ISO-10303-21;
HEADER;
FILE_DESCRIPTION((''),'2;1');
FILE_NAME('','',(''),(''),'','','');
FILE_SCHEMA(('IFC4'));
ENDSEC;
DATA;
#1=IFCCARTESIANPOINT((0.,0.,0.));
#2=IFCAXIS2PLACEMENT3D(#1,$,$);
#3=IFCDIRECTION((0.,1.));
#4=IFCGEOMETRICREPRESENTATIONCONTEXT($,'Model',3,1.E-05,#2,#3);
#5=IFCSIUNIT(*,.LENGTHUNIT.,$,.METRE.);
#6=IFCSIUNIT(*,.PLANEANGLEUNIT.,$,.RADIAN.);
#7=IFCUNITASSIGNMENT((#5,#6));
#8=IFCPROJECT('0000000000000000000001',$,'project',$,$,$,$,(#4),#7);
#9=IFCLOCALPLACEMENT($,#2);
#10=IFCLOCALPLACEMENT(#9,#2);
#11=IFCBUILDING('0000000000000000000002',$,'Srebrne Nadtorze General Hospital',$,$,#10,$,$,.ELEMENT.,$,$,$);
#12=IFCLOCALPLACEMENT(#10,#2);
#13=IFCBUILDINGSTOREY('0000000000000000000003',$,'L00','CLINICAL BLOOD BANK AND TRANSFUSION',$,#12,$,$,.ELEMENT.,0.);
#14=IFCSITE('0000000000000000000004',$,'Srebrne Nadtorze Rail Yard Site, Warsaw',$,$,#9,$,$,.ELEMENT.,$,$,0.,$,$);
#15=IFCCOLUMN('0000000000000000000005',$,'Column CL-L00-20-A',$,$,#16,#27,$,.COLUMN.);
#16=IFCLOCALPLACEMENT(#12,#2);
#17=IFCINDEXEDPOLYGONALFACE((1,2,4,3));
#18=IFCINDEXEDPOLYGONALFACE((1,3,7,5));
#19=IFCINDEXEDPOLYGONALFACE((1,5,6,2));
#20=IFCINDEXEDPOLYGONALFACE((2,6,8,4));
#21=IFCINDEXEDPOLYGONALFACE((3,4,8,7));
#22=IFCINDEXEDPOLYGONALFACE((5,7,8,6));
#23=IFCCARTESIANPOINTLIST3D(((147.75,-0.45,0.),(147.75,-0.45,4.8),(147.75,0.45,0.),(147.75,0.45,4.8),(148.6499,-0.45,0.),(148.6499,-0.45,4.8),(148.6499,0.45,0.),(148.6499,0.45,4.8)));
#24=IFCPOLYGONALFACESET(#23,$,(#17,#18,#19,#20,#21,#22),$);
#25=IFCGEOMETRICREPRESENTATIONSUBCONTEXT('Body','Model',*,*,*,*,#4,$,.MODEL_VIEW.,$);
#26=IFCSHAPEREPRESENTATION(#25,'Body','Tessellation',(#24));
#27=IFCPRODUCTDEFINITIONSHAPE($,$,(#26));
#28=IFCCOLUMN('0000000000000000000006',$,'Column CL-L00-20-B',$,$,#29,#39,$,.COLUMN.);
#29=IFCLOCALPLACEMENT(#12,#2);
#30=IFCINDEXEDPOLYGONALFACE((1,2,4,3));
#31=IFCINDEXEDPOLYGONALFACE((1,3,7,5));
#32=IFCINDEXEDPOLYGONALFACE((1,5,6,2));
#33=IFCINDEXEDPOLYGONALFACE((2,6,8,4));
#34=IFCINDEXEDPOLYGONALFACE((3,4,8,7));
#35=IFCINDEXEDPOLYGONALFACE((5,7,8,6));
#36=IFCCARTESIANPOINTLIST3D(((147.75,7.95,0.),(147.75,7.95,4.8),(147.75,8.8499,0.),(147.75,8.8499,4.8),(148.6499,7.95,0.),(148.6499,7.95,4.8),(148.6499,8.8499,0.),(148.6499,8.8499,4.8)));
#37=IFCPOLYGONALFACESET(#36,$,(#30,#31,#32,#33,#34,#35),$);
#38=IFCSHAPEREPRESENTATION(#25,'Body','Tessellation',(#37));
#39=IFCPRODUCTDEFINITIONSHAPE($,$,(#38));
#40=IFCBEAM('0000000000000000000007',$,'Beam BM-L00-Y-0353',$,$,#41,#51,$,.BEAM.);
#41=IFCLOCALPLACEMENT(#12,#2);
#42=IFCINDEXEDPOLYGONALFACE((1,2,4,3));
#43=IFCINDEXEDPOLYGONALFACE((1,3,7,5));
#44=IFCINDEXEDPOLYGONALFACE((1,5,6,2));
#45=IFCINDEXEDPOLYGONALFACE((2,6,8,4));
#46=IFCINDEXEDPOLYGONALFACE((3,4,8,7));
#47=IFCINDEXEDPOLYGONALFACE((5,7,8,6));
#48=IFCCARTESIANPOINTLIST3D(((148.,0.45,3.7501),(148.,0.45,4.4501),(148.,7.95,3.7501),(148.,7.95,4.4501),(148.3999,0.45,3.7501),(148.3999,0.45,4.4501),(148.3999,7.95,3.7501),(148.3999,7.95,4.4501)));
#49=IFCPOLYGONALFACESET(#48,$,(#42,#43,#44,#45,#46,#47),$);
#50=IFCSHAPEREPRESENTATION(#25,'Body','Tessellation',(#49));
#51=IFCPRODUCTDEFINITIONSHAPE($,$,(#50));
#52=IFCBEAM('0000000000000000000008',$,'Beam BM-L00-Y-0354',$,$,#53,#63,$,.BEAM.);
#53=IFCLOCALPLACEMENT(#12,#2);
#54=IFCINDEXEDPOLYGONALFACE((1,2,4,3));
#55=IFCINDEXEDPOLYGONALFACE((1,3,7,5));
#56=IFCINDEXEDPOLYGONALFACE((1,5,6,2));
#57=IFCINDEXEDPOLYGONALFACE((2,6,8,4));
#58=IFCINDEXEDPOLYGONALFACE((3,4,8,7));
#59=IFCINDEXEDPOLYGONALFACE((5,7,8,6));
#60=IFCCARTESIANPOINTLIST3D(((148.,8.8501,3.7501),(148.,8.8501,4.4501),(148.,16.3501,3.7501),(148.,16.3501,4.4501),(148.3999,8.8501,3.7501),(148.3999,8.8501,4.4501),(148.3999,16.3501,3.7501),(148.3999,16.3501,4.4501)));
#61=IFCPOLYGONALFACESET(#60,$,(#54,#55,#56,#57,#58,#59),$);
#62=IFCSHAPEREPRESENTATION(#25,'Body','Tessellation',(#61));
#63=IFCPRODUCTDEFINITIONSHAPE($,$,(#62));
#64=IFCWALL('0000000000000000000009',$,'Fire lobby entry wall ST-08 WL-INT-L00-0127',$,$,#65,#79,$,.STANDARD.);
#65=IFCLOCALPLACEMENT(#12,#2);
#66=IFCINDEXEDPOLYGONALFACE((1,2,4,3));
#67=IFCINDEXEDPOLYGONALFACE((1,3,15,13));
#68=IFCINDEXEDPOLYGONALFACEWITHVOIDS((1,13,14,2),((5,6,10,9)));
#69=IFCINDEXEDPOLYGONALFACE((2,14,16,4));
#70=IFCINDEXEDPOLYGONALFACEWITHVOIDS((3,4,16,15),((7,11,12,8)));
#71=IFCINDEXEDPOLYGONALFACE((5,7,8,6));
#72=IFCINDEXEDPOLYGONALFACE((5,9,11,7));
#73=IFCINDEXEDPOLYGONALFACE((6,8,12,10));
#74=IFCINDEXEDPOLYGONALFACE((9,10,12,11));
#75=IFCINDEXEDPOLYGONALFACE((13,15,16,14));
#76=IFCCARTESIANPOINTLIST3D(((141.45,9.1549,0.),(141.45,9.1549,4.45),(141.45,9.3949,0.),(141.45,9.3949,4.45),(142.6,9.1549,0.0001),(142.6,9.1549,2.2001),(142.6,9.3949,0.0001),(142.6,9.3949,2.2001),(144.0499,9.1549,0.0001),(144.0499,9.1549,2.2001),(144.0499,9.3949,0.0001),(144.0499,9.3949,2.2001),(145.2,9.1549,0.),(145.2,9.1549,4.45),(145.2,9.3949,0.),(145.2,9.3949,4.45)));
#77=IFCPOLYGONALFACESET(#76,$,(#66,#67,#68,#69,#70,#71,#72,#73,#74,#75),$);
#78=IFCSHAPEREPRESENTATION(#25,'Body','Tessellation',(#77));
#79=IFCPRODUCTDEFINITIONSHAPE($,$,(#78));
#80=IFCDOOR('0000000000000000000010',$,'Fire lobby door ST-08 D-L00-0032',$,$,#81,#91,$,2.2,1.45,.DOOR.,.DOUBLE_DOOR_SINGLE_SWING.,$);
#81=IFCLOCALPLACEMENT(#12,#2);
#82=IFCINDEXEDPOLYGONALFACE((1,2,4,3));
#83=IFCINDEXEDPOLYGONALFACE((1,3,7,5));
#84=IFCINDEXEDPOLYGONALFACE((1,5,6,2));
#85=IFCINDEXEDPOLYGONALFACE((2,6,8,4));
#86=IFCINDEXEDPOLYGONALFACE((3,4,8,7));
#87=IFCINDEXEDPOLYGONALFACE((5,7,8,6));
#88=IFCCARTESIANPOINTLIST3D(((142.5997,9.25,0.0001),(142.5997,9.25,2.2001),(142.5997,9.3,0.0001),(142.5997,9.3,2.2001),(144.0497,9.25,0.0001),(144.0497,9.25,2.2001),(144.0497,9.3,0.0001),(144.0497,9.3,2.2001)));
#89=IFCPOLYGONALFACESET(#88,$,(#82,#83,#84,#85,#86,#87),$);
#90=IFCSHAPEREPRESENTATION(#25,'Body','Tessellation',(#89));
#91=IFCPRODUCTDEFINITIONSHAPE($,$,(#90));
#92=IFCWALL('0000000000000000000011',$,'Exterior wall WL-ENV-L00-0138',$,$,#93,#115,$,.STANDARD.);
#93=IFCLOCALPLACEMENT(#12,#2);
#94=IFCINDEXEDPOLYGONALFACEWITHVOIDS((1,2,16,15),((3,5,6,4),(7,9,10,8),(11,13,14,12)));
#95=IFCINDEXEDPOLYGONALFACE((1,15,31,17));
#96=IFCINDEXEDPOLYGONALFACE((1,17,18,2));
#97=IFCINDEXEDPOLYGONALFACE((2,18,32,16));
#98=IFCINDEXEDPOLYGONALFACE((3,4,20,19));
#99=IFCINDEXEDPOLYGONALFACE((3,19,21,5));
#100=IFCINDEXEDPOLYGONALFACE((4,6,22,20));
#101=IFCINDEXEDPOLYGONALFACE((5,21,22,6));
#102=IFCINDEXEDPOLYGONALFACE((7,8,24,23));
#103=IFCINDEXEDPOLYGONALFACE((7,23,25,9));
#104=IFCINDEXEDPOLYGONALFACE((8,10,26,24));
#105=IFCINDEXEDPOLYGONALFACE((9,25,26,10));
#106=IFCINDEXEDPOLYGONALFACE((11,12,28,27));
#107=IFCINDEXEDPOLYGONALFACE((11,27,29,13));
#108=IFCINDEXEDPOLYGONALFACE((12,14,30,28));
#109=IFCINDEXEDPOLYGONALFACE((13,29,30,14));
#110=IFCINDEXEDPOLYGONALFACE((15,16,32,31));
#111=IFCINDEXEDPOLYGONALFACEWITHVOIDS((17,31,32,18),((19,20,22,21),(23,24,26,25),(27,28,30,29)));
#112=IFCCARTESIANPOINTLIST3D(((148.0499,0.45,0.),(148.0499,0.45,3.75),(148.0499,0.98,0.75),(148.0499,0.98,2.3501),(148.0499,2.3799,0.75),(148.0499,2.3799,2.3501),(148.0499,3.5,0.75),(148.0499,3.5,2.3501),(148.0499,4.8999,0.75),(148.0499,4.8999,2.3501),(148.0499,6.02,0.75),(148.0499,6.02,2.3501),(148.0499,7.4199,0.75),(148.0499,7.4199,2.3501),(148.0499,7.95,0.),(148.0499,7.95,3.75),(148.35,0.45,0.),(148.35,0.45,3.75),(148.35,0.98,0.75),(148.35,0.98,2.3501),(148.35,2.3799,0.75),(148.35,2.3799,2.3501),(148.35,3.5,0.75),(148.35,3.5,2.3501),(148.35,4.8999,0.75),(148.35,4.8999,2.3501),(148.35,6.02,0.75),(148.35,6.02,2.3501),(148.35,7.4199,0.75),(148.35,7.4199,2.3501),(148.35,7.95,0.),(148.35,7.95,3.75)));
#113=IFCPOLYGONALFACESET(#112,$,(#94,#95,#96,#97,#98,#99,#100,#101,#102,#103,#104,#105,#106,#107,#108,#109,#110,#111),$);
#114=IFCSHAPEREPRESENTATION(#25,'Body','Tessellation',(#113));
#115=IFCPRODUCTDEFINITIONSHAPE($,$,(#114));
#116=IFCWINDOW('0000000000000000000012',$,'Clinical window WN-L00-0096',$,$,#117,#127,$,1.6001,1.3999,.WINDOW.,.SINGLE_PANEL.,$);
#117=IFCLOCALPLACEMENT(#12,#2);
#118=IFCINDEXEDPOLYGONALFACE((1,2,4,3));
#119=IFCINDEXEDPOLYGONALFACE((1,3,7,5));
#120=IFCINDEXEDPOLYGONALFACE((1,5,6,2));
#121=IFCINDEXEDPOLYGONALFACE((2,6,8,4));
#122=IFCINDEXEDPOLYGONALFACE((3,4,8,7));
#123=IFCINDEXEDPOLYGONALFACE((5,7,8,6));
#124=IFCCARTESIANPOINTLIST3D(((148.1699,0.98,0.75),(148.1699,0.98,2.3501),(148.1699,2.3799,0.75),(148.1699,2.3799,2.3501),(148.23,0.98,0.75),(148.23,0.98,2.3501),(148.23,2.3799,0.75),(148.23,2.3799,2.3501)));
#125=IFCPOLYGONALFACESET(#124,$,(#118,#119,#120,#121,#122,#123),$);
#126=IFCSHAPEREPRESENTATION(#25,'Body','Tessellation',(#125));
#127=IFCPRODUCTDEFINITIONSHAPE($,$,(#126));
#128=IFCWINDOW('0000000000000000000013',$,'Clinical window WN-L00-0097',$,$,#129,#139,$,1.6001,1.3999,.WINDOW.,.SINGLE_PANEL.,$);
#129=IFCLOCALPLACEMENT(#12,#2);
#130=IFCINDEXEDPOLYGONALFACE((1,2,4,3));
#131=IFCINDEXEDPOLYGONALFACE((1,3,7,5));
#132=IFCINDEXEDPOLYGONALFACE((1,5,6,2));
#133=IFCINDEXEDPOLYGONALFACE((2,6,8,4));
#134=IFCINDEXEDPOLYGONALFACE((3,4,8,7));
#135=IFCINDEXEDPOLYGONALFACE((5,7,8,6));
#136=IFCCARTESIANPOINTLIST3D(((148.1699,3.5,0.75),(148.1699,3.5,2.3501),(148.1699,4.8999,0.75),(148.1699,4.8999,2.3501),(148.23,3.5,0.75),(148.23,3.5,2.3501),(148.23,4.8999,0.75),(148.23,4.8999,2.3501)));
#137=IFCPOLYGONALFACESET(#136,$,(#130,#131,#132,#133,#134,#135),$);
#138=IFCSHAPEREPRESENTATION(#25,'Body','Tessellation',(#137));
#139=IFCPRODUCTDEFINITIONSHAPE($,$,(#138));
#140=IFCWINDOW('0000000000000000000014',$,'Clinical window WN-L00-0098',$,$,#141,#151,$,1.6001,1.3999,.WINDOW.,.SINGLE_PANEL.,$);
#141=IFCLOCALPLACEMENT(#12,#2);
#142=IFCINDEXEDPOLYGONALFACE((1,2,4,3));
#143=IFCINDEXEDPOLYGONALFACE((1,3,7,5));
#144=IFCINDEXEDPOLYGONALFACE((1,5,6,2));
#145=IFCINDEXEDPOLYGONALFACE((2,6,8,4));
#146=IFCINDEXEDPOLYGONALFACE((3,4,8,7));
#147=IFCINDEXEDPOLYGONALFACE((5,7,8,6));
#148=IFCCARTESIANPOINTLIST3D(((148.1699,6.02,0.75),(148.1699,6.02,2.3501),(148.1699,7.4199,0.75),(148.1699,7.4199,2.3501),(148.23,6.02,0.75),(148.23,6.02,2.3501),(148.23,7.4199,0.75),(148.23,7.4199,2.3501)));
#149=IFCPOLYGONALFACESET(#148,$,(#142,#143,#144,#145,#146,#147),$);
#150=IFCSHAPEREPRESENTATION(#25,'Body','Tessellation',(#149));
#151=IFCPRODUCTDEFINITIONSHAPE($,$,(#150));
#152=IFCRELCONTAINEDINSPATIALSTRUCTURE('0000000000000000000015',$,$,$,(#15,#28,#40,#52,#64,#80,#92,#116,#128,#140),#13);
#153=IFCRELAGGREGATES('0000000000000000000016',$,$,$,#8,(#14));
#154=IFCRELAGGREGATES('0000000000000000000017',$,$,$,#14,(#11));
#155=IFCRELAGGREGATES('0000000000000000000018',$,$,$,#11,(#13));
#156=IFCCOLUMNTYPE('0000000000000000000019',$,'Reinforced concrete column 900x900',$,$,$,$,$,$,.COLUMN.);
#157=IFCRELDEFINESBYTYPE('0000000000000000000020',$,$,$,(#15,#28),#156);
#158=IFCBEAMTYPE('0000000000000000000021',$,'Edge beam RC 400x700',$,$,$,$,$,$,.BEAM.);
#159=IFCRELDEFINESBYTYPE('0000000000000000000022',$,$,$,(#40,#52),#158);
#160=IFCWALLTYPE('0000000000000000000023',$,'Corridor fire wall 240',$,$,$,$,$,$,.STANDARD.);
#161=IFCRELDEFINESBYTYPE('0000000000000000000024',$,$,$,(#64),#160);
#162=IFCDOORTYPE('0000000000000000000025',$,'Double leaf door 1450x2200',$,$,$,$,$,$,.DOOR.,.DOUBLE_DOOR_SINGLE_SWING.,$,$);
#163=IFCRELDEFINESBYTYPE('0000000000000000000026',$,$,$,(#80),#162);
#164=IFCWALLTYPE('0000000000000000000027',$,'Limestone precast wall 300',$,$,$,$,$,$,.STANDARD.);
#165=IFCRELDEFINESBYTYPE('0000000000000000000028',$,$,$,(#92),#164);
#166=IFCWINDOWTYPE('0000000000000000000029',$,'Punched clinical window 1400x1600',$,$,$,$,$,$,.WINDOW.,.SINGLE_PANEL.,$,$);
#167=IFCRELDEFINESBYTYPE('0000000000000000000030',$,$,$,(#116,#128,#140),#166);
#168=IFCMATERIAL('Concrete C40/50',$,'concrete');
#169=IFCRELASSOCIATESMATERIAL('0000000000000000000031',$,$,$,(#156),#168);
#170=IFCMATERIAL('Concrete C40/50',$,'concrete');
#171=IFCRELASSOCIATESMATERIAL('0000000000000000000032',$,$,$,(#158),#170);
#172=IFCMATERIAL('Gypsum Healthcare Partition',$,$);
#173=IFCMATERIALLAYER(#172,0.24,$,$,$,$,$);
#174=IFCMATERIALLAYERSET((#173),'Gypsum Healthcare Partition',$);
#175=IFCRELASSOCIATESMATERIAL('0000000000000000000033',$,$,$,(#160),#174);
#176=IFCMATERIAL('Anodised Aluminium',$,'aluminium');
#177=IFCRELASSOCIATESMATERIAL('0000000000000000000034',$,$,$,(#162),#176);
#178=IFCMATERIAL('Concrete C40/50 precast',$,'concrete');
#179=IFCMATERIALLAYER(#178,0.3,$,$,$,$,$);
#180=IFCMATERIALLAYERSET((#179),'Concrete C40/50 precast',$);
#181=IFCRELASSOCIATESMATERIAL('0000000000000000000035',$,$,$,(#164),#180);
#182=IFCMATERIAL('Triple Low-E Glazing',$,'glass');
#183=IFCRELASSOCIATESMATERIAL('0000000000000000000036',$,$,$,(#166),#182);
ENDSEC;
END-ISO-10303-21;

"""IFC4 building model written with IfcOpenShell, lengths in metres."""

from ifc_helpers import new_model, si_unit, direction, frame, frame_2d, origin, origin_2d, place, context, subcontext, project, spatial, rectangle, extrude, material, layer, layer_set, material_profile, profile_set, type_object, element, fill, save


model = new_model("IFC4")

# Units and contexts
model_context = context("Model", 3, precision=1e-05, world=origin(), true_north=direction((0.0, 1.0)))
body_context = subcontext(model_context, "Body", "Model", "MODEL_VIEW")
ifc_project = project(units=[si_unit("LENGTHUNIT", "METRE"), si_unit("PLANEANGLEUNIT", "RADIAN")], contexts=[model_context])

# Site, building, storey
site_placement = place(None, origin())
site = spatial("IfcSite", under=ifc_project, at=site_placement, Name="Srebrne Nadtorze Rail Yard Site, Warsaw", CompositionType="ELEMENT", RefElevation=0.0)
building_placement = place(site_placement, origin())
building = spatial("IfcBuilding", under=site, at=building_placement, Name="Srebrne Nadtorze General Hospital", CompositionType="ELEMENT")
storey_placement = place(building_placement, origin())
storey = spatial("IfcBuildingStorey", under=building, at=storey_placement, Name="L00", Description="CLINICAL BLOOD BANK AND TRANSFUSION", CompositionType="ELEMENT", Elevation=0.0)

# Columns
ifc_material_1 = material(Name="Concrete C40/50", Category="concrete")
ifc_material_profile_1 = material_profile(ifc_material_1, rectangle(XDim=0.8999, YDim=0.8999, at=origin_2d()), Name="RC-COL-900x900")
ifc_profile_set_1 = profile_set([ifc_material_profile_1], Name="Concrete C40/50")
column_type = type_object("IfcColumnType", Name="Reinforced concrete column 900x900", PredefinedType="COLUMN", material=ifc_profile_set_1)
for number, where, z_axis, x_axis, name in (
    (1, (148.2, 0.0, 0.0), (0.0, 0.0, 1.0), (1.0, 0.0, 0.0), "Column CL-L00-20-A"),
    (2, (148.2, 8.3999, 0.0), (0.0, 0.0, 1.0), (1.0, 0.0, 0.0), "Column CL-L00-20-B"),
):
    element("IfcColumn", number, at=place(storey_placement, frame(where, z_axis=z_axis, x_axis=x_axis)), inside=storey, type_object=column_type, Name=name, PredefinedType="COLUMN", context=body_context, shape_type="SweptSolid", body=[
        extrude(rectangle(XDim=0.8999, YDim=0.8999, at=origin_2d()), origin(), (0.0, 0.0, 1.0), 4.8),
    ])

# Beams
ifc_material_2 = material(Name="Concrete C40/50", Category="concrete")
ifc_material_profile_2 = material_profile(ifc_material_2, rectangle(XDim=0.3999, YDim=0.7, at=origin_2d()), Name="RC-BM-400x700")
ifc_profile_set_2 = profile_set([ifc_material_profile_2], Name="Concrete C40/50")
beam_type = type_object("IfcBeamType", Name="Edge beam RC 400x700", PredefinedType="BEAM", material=ifc_profile_set_2)
for number, where, z_axis, x_axis, name in (
    (3, (148.2, 0.45, 4.1001), (0.0, 1.0, 0.0), (-1.0, 0.0, 0.0), "Beam BM-L00-Y-0353"),
    (4, (148.2, 8.8501, 4.1001), (0.0, 1.0, 0.0), (-1.0, 0.0, 0.0), "Beam BM-L00-Y-0354"),
):
    element("IfcBeam", number, at=place(storey_placement, frame(where, z_axis=z_axis, x_axis=x_axis)), inside=storey, type_object=beam_type, Name=name, PredefinedType="BEAM", context=body_context, shape_type="SweptSolid", body=[
        extrude(rectangle(XDim=0.3999, YDim=0.7, at=origin_2d()), origin(), (0.0, 0.0, 1.0), 7.5),
    ])

# Shared definitions
ifc_material_3 = material(Name="Gypsum Healthcare Partition")
ifc_layer_1 = layer(ifc_material_3, 0.24)
ifc_layer_set_1 = layer_set([ifc_layer_1], Name="Gypsum Healthcare Partition")
wall_type_1 = type_object("IfcWallType", Name="Corridor fire wall 240", PredefinedType="STANDARD", material=ifc_layer_set_1)

# Wall, opening, door
wall_1_placement = place(storey_placement, frame((141.45, 9.2749, 0.0), z_axis=(0.0, 0.0, 1.0), x_axis=(1.0, 0.0, 0.0)))
wall_1 = element("IfcWall", 5, at=wall_1_placement, inside=storey, type_object=wall_type_1, Name="Fire lobby entry wall ST-08 WL-INT-L00-0127", PredefinedType="STANDARD", context=body_context, shape_type="SweptSolid", body=[
    extrude(rectangle(XDim=3.75, YDim=0.24, at=frame_2d((1.875, 0.0))), origin(), (0.0, 0.0, 1.0), 4.45),
])
opening_1_placement = place(wall_1_placement, frame((1.1499, 0.0, 0.0)))
opening_1 = element("IfcOpeningElement", 6, at=opening_1_placement, cuts=wall_1, PredefinedType="OPENING", context=body_context, shape_type="SweptSolid", body=[
    extrude(rectangle(XDim=1.45, YDim=2.2, at=frame_2d((0.7251, 1.1001))), frame((0.0, 0.1318, 0.0), z_axis=(0.0, -1.0, 0.0), x_axis=(1.0, 0.0, 0.0)), (0.0, 0.0, 1.0), 0.2639),
])
ifc_material_4 = material(Name="Anodised Aluminium", Category="aluminium")
door_type = type_object("IfcDoorType", Name="Double leaf door 1450x2200", OperationType="DOUBLE_DOOR_SINGLE_SWING", PredefinedType="DOOR", material=ifc_material_4)
door_placement = place(opening_1_placement, frame((1.45, 0.0, 0.0), z_axis=(0.0, 0.0, 1.0), x_axis=(-1.0, 0.0, 0.0)))
door = element("IfcDoor", 7, at=door_placement, inside=storey, type_object=door_type, Name="Fire lobby door ST-08 D-L00-0032", OperationType="DOUBLE_DOOR_SINGLE_SWING", OverallHeight=2.2, OverallWidth=1.45, PredefinedType="DOOR", context=body_context, shape_type="SweptSolid", body=[
    extrude(rectangle(XDim=1.45, YDim=2.2, at=frame_2d((0.7251, 1.1001))), frame((0.0, 0.0249, 0.0), z_axis=(0.0, -1.0, 0.0), x_axis=(1.0, 0.0, 0.0)), (0.0, 0.0, 1.0), 0.05),
])
fill(opening_1, door)

# Wall, openings, windows
ifc_material_5 = material(Name="Concrete C40/50 precast", Category="concrete")
ifc_layer_2 = layer(ifc_material_5, 0.3)
ifc_layer_set_2 = layer_set([ifc_layer_2], Name="Concrete C40/50 precast")
wall_type_2 = type_object("IfcWallType", Name="Limestone precast wall 300", PredefinedType="STANDARD", material=ifc_layer_set_2)
wall_2_placement = place(storey_placement, frame((148.2, 0.45, 0.0), z_axis=(0.0, 0.0, 1.0), x_axis=(0.0, 1.0, 0.0)))
wall_2 = element("IfcWall", 8, at=wall_2_placement, inside=storey, type_object=wall_type_2, Name="Exterior wall WL-ENV-L00-0138", PredefinedType="STANDARD", context=body_context, shape_type="SweptSolid", body=[
    extrude(rectangle(XDim=7.5, YDim=0.3, at=frame_2d((3.75, 0.0))), origin(), (0.0, 0.0, 1.0), 3.75),
])
opening_2_placement = place(wall_2_placement, frame((0.53, 0.0, 0.75)))
opening_2 = element("IfcOpeningElement", 9, at=opening_2_placement, cuts=wall_2, PredefinedType="OPENING", context=body_context, shape_type="SweptSolid", body=[
    extrude(rectangle(XDim=1.3999, YDim=1.6001, at=frame_2d((0.7, 0.8))), frame((0.0, 0.1621, 0.0), z_axis=(0.0, -1.0, 0.0), x_axis=(1.0, 0.0, 0.0)), (0.0, 0.0, 1.0), 0.324),
])
opening_3_placement = place(wall_2_placement, frame((3.05, 0.0, 0.75)))
opening_3 = element("IfcOpeningElement", 10, at=opening_3_placement, cuts=wall_2, PredefinedType="OPENING", context=body_context, shape_type="SweptSolid", body=[
    extrude(rectangle(XDim=1.3999, YDim=1.6001, at=frame_2d((0.7, 0.8))), frame((0.0, 0.1621, 0.0), z_axis=(0.0, -1.0, 0.0), x_axis=(1.0, 0.0, 0.0)), (0.0, 0.0, 1.0), 0.324),
])
opening_4_placement = place(wall_2_placement, frame((5.5701, 0.0, 0.75)))
opening_4 = element("IfcOpeningElement", 11, at=opening_4_placement, cuts=wall_2, PredefinedType="OPENING", context=body_context, shape_type="SweptSolid", body=[
    extrude(rectangle(XDim=1.3999, YDim=1.6001, at=frame_2d((0.7, 0.8))), frame((0.0, 0.1621, 0.0), z_axis=(0.0, -1.0, 0.0), x_axis=(1.0, 0.0, 0.0)), (0.0, 0.0, 1.0), 0.324),
])
ifc_material_6 = material(Name="Triple Low-E Glazing", Category="glass")
window_type_1 = type_object("IfcWindowType", Name="Punched clinical window 1400x1600", PartitioningType="SINGLE_PANEL", PredefinedType="WINDOW", material=ifc_material_6)
window_1_placement = place(opening_2_placement, origin())
window_1 = element("IfcWindow", 12, at=window_1_placement, inside=storey, type_object=window_type_1, Name="Clinical window WN-L00-0096", OverallHeight=1.6001, OverallWidth=1.3999, PartitioningType="SINGLE_PANEL", PredefinedType="WINDOW", context=body_context, shape_type="SweptSolid", body=[
    extrude(rectangle(XDim=1.3999, YDim=1.6001, at=frame_2d((0.7, 0.8))), frame((0.0, 0.03, 0.0), z_axis=(0.0, -1.0, 0.0), x_axis=(1.0, 0.0, 0.0)), (0.0, 0.0, 1.0), 0.0601),
])
fill(opening_2, window_1)
window_2_placement = place(opening_3_placement, origin())
window_2 = element("IfcWindow", 13, at=window_2_placement, inside=storey, type_object=window_type_1, Name="Clinical window WN-L00-0097", OverallHeight=1.6001, OverallWidth=1.3999, PartitioningType="SINGLE_PANEL", PredefinedType="WINDOW", context=body_context, shape_type="SweptSolid", body=[
    extrude(rectangle(XDim=1.3999, YDim=1.6001, at=frame_2d((0.7, 0.8))), frame((0.0, 0.03, 0.0), z_axis=(0.0, -1.0, 0.0), x_axis=(1.0, 0.0, 0.0)), (0.0, 0.0, 1.0), 0.0601),
])
fill(opening_3, window_2)
window_3_placement = place(opening_4_placement, origin())
window_3 = element("IfcWindow", 14, at=window_3_placement, inside=storey, type_object=window_type_1, Name="Clinical window WN-L00-0098", OverallHeight=1.6001, OverallWidth=1.3999, PartitioningType="SINGLE_PANEL", PredefinedType="WINDOW", context=body_context, shape_type="SweptSolid", body=[
    extrude(rectangle(XDim=1.3999, YDim=1.6001, at=frame_2d((0.7, 0.8))), frame((0.0, 0.03, 0.0), z_axis=(0.0, -1.0, 0.0), x_axis=(1.0, 0.0, 0.0)), (0.0, 0.0, 1.0), 0.0601),
])
fill(opening_4, window_3)

save(model, "model.ifc")
